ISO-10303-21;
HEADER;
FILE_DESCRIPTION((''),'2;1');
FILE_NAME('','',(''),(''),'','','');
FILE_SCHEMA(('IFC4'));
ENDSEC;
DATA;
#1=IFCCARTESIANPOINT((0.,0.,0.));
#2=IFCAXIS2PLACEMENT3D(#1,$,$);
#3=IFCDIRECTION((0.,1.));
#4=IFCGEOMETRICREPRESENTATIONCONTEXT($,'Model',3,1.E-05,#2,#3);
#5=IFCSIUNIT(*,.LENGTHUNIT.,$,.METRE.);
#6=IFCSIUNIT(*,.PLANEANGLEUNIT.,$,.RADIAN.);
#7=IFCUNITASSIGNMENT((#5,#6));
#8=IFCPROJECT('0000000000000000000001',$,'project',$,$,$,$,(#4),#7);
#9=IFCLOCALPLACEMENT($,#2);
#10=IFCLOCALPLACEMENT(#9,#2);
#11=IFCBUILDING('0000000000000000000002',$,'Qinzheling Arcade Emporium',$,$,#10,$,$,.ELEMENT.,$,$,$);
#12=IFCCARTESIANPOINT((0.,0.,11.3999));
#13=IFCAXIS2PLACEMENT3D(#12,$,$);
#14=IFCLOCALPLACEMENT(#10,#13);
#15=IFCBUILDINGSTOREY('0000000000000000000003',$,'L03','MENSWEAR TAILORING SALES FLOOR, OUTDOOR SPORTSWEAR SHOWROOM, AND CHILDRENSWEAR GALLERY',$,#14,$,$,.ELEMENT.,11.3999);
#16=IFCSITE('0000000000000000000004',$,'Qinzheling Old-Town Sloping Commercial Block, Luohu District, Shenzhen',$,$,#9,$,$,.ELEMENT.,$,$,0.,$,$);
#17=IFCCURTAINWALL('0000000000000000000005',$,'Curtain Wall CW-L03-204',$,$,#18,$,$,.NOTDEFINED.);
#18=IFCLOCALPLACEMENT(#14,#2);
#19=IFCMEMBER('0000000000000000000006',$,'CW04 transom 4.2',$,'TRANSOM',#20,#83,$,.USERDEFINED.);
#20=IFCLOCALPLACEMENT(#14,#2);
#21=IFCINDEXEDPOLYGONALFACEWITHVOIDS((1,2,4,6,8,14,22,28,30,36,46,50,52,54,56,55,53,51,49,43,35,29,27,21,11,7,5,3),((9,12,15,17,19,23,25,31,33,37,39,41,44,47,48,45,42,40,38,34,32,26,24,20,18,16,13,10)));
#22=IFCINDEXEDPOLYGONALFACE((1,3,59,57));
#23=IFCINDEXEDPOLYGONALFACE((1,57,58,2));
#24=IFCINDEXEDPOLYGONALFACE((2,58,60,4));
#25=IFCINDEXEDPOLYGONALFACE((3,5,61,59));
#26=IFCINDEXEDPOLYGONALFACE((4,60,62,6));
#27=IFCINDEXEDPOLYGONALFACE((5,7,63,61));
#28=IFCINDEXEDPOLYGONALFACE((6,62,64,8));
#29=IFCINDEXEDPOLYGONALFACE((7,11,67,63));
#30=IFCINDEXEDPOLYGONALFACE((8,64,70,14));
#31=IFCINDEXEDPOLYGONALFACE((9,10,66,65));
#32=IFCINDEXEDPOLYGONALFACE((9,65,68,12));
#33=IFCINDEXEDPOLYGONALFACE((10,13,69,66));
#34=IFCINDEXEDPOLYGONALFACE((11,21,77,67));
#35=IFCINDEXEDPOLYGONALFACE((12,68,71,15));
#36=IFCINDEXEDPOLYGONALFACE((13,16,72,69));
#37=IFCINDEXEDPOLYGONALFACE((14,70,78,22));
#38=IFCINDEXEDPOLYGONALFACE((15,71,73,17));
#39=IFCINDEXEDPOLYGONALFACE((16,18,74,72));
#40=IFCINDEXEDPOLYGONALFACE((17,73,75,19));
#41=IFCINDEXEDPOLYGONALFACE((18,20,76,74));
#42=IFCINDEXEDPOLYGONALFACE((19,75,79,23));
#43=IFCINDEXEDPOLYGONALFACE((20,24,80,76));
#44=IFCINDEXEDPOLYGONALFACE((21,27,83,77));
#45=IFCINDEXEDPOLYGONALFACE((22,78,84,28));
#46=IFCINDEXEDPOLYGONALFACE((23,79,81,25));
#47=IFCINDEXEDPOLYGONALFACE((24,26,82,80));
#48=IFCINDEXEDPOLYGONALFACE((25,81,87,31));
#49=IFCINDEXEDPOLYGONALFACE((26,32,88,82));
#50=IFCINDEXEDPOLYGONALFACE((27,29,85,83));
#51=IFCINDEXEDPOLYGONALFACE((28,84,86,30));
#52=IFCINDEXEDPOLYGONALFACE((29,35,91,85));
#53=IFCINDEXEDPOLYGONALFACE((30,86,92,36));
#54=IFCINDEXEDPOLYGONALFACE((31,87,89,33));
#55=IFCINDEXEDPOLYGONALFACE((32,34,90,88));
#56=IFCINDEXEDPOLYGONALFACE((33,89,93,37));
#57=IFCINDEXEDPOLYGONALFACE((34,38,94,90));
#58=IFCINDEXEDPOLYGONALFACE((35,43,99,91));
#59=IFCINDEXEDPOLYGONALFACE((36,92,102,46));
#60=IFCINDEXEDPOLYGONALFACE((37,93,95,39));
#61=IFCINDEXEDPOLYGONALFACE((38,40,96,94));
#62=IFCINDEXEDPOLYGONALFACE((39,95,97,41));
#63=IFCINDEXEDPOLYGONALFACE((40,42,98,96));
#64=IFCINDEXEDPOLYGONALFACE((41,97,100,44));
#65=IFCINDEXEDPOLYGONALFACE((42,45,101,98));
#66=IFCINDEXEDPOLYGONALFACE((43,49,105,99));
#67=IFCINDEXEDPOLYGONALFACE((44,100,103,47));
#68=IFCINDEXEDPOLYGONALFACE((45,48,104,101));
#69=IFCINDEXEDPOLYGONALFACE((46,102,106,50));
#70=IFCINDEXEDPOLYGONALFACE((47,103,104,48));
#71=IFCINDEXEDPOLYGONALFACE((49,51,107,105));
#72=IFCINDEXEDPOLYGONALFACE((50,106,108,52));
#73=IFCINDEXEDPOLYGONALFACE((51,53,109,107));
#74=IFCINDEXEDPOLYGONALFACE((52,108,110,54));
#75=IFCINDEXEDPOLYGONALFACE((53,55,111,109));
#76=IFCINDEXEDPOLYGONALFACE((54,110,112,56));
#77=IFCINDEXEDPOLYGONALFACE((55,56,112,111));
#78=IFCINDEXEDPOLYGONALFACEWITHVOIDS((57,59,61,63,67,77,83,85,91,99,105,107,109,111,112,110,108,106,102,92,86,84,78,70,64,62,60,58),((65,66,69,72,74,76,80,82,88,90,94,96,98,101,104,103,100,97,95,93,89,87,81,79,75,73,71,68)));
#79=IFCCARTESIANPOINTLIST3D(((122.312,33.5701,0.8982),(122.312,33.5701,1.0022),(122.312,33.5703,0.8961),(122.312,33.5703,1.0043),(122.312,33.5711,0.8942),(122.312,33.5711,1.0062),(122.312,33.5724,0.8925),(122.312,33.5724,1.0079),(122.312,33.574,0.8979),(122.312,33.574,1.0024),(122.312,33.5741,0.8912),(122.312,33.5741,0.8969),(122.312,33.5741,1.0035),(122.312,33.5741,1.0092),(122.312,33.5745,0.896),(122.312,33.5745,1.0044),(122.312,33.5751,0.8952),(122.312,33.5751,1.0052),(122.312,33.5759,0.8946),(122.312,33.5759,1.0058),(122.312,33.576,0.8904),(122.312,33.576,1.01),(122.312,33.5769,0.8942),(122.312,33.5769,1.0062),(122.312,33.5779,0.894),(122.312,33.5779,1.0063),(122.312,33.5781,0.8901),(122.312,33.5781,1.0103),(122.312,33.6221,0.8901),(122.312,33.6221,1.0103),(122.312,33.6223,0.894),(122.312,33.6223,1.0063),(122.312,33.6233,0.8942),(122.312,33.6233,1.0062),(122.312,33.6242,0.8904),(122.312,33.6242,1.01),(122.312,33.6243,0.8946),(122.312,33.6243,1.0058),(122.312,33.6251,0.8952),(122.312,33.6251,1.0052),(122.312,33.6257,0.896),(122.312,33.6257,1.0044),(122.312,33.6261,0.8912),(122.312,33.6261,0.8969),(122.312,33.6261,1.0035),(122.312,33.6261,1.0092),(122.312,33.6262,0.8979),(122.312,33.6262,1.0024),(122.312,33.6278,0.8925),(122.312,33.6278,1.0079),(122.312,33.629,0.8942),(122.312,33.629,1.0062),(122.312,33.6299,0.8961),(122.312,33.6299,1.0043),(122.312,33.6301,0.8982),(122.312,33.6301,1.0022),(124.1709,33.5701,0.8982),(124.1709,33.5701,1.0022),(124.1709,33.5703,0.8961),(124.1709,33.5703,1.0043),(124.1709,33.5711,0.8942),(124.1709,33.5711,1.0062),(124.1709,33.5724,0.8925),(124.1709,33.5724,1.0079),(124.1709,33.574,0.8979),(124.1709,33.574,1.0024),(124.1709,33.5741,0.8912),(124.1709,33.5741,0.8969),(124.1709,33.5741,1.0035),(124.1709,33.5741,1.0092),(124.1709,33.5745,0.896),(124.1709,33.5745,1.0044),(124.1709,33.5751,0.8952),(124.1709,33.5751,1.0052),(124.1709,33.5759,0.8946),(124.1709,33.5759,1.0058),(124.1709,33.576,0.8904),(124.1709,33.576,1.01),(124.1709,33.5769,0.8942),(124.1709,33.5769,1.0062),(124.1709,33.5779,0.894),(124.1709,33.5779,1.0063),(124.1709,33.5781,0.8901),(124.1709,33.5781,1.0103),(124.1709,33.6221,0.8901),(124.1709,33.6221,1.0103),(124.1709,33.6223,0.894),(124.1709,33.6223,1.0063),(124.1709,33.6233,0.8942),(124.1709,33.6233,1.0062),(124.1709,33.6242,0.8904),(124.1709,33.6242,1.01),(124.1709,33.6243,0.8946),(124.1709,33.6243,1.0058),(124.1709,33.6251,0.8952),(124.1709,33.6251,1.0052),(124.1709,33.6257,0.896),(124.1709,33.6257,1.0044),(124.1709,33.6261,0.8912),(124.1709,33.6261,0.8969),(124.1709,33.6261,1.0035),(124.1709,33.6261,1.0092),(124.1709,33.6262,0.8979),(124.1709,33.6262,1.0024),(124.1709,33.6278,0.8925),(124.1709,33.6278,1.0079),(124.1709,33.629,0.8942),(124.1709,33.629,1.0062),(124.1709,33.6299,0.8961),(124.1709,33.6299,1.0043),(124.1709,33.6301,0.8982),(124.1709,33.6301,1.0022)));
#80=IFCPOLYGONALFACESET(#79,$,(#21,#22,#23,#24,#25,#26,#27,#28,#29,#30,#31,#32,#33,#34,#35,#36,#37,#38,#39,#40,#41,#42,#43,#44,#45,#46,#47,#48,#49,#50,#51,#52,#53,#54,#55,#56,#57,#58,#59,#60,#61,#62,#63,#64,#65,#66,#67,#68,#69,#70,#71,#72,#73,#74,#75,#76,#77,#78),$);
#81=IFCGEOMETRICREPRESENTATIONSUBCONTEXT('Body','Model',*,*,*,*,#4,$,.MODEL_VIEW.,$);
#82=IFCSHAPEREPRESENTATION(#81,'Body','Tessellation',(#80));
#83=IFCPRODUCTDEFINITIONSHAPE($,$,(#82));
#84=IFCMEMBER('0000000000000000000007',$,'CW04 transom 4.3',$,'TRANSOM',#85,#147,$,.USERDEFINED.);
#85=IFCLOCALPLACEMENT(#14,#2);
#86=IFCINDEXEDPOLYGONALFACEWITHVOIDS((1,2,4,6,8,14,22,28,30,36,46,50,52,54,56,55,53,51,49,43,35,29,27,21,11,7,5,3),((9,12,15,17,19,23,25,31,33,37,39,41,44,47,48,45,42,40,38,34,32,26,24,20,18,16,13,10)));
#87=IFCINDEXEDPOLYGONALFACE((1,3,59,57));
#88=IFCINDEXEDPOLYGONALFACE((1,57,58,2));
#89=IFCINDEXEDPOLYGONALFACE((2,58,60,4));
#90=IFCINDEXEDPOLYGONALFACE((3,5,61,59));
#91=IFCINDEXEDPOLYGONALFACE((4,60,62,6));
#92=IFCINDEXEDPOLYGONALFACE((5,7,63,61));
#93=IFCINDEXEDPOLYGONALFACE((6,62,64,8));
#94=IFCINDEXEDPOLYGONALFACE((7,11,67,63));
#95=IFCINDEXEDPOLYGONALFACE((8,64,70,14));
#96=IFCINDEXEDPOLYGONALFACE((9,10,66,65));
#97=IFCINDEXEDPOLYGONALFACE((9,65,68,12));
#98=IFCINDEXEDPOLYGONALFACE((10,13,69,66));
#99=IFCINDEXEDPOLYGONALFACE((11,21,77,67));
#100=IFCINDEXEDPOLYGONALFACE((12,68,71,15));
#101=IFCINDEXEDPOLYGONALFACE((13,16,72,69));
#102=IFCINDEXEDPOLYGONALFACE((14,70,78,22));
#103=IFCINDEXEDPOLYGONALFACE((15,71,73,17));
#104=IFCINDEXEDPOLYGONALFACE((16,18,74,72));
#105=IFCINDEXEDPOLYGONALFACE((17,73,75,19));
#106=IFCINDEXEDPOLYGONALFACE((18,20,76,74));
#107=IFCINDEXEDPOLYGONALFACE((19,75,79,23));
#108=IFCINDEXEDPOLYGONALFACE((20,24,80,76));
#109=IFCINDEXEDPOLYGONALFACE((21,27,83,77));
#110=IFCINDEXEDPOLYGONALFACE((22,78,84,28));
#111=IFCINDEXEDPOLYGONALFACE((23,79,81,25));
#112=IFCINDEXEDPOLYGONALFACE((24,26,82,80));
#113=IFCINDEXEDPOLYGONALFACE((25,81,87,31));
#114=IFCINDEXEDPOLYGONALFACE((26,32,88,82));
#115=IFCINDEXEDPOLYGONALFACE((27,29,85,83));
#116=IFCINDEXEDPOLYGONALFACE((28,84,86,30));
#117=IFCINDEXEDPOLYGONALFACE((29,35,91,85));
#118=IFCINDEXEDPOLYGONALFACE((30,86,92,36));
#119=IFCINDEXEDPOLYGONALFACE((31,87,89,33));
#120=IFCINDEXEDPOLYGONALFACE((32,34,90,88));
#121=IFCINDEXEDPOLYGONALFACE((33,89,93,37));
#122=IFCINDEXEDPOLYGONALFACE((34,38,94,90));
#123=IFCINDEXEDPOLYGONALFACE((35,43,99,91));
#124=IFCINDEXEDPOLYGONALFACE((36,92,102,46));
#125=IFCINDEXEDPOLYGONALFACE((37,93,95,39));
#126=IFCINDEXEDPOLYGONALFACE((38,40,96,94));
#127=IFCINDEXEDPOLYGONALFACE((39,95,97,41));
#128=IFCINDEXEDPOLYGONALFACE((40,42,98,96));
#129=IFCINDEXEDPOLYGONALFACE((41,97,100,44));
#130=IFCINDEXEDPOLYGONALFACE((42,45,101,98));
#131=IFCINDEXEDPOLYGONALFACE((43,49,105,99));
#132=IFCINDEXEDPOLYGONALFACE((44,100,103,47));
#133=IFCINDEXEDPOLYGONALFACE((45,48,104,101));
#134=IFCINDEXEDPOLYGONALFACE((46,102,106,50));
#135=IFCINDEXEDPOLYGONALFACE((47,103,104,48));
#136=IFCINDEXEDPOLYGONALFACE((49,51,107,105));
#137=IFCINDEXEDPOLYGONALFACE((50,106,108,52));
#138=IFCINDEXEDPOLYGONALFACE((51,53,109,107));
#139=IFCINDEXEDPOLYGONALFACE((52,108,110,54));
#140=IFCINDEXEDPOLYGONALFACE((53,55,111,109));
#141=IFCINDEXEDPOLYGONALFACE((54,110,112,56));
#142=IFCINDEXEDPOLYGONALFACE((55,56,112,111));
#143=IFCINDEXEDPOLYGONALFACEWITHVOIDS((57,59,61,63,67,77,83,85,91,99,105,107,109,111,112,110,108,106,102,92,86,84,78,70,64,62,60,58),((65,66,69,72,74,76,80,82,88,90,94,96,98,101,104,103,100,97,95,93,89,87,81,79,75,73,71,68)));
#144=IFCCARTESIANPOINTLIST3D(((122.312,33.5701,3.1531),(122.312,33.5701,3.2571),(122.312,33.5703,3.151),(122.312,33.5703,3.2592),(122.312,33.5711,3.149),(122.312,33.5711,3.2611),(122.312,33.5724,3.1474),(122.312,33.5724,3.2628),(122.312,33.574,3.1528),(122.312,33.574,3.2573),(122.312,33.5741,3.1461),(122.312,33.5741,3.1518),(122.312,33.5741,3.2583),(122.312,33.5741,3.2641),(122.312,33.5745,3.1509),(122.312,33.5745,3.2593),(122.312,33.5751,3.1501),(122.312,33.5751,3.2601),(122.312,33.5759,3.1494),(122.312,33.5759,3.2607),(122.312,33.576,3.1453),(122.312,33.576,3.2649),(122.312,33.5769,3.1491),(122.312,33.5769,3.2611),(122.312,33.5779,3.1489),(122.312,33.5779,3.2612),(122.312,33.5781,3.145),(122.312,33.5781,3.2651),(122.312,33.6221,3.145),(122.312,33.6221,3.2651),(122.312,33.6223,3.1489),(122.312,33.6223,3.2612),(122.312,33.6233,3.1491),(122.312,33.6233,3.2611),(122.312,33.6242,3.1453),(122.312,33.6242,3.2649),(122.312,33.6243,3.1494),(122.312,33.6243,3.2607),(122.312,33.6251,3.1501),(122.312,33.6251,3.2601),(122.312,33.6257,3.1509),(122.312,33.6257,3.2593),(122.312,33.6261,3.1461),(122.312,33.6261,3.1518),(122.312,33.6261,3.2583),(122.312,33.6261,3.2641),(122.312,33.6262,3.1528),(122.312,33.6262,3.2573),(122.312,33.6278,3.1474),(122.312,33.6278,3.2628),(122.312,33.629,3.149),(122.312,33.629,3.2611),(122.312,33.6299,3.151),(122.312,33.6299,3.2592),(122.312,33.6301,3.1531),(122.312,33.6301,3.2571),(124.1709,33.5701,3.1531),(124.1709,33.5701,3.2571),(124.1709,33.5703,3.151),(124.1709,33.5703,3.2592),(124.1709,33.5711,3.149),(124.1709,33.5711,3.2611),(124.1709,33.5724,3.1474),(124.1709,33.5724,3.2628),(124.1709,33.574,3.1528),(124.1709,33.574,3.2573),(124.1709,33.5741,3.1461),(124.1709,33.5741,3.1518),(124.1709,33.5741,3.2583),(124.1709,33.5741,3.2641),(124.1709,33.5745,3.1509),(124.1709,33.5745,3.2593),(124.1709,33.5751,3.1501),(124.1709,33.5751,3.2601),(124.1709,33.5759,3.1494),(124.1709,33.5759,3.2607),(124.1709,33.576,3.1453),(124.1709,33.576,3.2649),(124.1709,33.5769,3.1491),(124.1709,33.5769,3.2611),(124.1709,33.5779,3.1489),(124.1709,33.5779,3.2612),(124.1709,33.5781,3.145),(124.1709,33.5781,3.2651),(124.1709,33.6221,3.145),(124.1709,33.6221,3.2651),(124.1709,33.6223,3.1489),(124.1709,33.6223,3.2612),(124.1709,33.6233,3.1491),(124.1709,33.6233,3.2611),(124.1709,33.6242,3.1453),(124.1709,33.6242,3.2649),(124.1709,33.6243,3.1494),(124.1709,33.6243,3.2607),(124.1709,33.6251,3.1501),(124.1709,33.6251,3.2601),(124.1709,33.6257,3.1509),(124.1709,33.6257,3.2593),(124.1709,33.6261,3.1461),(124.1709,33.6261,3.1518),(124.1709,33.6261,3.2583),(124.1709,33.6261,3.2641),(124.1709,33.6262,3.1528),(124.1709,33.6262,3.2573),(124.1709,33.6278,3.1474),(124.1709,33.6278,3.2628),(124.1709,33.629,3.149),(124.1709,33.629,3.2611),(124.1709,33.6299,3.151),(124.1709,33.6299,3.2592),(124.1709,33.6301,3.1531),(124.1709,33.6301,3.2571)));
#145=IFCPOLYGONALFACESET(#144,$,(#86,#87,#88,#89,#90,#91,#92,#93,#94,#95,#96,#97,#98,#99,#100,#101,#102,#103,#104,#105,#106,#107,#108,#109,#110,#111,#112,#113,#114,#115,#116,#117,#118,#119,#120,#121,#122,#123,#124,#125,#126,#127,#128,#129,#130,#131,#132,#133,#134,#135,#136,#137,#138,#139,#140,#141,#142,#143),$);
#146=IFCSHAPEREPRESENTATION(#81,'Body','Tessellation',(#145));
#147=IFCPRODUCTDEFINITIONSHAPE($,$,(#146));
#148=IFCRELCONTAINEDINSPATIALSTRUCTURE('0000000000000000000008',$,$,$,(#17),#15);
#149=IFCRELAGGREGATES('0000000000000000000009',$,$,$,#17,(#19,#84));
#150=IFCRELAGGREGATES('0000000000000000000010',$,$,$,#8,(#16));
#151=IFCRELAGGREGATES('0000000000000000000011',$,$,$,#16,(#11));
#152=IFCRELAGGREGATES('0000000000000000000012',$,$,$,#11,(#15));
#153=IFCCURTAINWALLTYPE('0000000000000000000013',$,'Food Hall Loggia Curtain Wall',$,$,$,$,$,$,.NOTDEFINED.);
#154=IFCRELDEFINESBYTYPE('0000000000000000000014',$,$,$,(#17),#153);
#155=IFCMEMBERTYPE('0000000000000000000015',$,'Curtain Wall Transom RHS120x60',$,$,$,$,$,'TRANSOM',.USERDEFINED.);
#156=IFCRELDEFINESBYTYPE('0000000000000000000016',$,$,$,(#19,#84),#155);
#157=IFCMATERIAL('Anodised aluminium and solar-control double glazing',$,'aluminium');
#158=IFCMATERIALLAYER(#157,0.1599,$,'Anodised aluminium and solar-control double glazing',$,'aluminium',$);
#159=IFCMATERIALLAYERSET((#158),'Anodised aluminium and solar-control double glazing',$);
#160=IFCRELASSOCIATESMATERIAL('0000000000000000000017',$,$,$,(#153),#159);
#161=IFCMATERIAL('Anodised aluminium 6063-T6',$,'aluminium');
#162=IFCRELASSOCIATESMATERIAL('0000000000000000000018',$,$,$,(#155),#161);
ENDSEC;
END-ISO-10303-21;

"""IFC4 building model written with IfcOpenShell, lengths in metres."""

from ifc_helpers import new_model, si_unit, direction, frame, origin, origin_2d, place, context, subcontext, project, spatial, hollow_rectangle, extrude, material, layer, layer_set, material_profile, profile_set, type_object, element, aggregate, save


model = new_model("IFC4")

# Units and contexts
model_context = context("Model", 3, precision=1e-05, world=origin(), true_north=direction((0.0, 1.0)))
body_context = subcontext(model_context, "Body", "Model", "MODEL_VIEW")
ifc_project = project(units=[si_unit("LENGTHUNIT", "METRE"), si_unit("PLANEANGLEUNIT", "RADIAN")], contexts=[model_context])

# Site, building, storey
site_placement = place(None, origin())
site = spatial("IfcSite", under=ifc_project, at=site_placement, Name="Qinzheling Old-Town Sloping Commercial Block, Luohu District, Shenzhen", CompositionType="ELEMENT", RefElevation=0.0)
building_placement = place(site_placement, origin())
building = spatial("IfcBuilding", under=site, at=building_placement, Name="Qinzheling Arcade Emporium", CompositionType="ELEMENT")
storey_placement = place(building_placement, frame((0.0, 0.0, 11.3999)))
storey = spatial("IfcBuildingStorey", under=building, at=storey_placement, Name="L03", Description="MENSWEAR TAILORING SALES FLOOR, OUTDOOR SPORTSWEAR SHOWROOM, AND CHILDRENSWEAR GALLERY", CompositionType="ELEMENT", Elevation=11.3999)

# Curtain wall
ifc_material_1 = material(Name="Anodised aluminium and solar-control double glazing", Category="aluminium")
ifc_layer_1 = layer(ifc_material_1, 0.1599, Name="Anodised aluminium and solar-control double glazing", Category="aluminium")
ifc_layer_set_1 = layer_set([ifc_layer_1], Name="Anodised aluminium and solar-control double glazing")
curtain_wall_type = type_object("IfcCurtainWallType", Name="Food Hall Loggia Curtain Wall", PredefinedType="NOTDEFINED", material=ifc_layer_set_1)
curtain_wall_1_placement = place(storey_placement, origin())
curtain_wall_1 = element("IfcCurtainWall", 1, at=curtain_wall_1_placement, inside=storey, type_object=curtain_wall_type, Name="Curtain Wall CW-L03-204", PredefinedType="NOTDEFINED")
ifc_material_2 = material(Name="Anodised aluminium 6063-T6", Category="aluminium")

# Members
ifc_material_profile_1 = material_profile(ifc_material_2, hollow_rectangle(XDim=0.0601, YDim=0.1201, WallThickness=0.0039, InnerFilletRadius=0.0039, OuterFilletRadius=0.0081, at=origin_2d()), Name="RHS 120x60x4", Category="aluminium")
ifc_profile_set_1 = profile_set([ifc_material_profile_1], Name="Anodised aluminium 6063-T6")
member_type_1 = type_object("IfcMemberType", Name="Curtain Wall Transom RHS120x60", ElementType="TRANSOM", PredefinedType="USERDEFINED", material=ifc_profile_set_1)
member_1_placement = place(storey_placement, frame((124.1709, 33.6001, 0.9502), z_axis=(-1.0, 0.0, 0.0), x_axis=(0.0, -1.0, 0.0)))
member_1 = element("IfcMember", 2, at=member_1_placement, type_object=member_type_1, Name="CW04 transom 4.2", ObjectType="TRANSOM", PredefinedType="USERDEFINED", context=body_context, shape_type="SweptSolid", body=[
    extrude(hollow_rectangle(XDim=0.0601, YDim=0.1201, WallThickness=0.0039, InnerFilletRadius=0.0039, OuterFilletRadius=0.0081, at=origin_2d()), origin(), (0.0, 0.0, 1.0), 1.8589),
])
member_2_placement = place(storey_placement, frame((124.1709, 33.6001, 3.2051), z_axis=(-1.0, 0.0, 0.0), x_axis=(0.0, -1.0, 0.0)))
member_2 = element("IfcMember", 3, at=member_2_placement, type_object=member_type_1, Name="CW04 transom 4.3", ObjectType="TRANSOM", PredefinedType="USERDEFINED", context=body_context, shape_type="SweptSolid", body=[
    extrude(hollow_rectangle(XDim=0.0601, YDim=0.1201, WallThickness=0.0039, InnerFilletRadius=0.0039, OuterFilletRadius=0.0081, at=origin_2d()), origin(), (0.0, 0.0, 1.0), 1.8589),
])

aggregate(curtain_wall_1, [member_1, member_2])

save(model, "model.ifc")
